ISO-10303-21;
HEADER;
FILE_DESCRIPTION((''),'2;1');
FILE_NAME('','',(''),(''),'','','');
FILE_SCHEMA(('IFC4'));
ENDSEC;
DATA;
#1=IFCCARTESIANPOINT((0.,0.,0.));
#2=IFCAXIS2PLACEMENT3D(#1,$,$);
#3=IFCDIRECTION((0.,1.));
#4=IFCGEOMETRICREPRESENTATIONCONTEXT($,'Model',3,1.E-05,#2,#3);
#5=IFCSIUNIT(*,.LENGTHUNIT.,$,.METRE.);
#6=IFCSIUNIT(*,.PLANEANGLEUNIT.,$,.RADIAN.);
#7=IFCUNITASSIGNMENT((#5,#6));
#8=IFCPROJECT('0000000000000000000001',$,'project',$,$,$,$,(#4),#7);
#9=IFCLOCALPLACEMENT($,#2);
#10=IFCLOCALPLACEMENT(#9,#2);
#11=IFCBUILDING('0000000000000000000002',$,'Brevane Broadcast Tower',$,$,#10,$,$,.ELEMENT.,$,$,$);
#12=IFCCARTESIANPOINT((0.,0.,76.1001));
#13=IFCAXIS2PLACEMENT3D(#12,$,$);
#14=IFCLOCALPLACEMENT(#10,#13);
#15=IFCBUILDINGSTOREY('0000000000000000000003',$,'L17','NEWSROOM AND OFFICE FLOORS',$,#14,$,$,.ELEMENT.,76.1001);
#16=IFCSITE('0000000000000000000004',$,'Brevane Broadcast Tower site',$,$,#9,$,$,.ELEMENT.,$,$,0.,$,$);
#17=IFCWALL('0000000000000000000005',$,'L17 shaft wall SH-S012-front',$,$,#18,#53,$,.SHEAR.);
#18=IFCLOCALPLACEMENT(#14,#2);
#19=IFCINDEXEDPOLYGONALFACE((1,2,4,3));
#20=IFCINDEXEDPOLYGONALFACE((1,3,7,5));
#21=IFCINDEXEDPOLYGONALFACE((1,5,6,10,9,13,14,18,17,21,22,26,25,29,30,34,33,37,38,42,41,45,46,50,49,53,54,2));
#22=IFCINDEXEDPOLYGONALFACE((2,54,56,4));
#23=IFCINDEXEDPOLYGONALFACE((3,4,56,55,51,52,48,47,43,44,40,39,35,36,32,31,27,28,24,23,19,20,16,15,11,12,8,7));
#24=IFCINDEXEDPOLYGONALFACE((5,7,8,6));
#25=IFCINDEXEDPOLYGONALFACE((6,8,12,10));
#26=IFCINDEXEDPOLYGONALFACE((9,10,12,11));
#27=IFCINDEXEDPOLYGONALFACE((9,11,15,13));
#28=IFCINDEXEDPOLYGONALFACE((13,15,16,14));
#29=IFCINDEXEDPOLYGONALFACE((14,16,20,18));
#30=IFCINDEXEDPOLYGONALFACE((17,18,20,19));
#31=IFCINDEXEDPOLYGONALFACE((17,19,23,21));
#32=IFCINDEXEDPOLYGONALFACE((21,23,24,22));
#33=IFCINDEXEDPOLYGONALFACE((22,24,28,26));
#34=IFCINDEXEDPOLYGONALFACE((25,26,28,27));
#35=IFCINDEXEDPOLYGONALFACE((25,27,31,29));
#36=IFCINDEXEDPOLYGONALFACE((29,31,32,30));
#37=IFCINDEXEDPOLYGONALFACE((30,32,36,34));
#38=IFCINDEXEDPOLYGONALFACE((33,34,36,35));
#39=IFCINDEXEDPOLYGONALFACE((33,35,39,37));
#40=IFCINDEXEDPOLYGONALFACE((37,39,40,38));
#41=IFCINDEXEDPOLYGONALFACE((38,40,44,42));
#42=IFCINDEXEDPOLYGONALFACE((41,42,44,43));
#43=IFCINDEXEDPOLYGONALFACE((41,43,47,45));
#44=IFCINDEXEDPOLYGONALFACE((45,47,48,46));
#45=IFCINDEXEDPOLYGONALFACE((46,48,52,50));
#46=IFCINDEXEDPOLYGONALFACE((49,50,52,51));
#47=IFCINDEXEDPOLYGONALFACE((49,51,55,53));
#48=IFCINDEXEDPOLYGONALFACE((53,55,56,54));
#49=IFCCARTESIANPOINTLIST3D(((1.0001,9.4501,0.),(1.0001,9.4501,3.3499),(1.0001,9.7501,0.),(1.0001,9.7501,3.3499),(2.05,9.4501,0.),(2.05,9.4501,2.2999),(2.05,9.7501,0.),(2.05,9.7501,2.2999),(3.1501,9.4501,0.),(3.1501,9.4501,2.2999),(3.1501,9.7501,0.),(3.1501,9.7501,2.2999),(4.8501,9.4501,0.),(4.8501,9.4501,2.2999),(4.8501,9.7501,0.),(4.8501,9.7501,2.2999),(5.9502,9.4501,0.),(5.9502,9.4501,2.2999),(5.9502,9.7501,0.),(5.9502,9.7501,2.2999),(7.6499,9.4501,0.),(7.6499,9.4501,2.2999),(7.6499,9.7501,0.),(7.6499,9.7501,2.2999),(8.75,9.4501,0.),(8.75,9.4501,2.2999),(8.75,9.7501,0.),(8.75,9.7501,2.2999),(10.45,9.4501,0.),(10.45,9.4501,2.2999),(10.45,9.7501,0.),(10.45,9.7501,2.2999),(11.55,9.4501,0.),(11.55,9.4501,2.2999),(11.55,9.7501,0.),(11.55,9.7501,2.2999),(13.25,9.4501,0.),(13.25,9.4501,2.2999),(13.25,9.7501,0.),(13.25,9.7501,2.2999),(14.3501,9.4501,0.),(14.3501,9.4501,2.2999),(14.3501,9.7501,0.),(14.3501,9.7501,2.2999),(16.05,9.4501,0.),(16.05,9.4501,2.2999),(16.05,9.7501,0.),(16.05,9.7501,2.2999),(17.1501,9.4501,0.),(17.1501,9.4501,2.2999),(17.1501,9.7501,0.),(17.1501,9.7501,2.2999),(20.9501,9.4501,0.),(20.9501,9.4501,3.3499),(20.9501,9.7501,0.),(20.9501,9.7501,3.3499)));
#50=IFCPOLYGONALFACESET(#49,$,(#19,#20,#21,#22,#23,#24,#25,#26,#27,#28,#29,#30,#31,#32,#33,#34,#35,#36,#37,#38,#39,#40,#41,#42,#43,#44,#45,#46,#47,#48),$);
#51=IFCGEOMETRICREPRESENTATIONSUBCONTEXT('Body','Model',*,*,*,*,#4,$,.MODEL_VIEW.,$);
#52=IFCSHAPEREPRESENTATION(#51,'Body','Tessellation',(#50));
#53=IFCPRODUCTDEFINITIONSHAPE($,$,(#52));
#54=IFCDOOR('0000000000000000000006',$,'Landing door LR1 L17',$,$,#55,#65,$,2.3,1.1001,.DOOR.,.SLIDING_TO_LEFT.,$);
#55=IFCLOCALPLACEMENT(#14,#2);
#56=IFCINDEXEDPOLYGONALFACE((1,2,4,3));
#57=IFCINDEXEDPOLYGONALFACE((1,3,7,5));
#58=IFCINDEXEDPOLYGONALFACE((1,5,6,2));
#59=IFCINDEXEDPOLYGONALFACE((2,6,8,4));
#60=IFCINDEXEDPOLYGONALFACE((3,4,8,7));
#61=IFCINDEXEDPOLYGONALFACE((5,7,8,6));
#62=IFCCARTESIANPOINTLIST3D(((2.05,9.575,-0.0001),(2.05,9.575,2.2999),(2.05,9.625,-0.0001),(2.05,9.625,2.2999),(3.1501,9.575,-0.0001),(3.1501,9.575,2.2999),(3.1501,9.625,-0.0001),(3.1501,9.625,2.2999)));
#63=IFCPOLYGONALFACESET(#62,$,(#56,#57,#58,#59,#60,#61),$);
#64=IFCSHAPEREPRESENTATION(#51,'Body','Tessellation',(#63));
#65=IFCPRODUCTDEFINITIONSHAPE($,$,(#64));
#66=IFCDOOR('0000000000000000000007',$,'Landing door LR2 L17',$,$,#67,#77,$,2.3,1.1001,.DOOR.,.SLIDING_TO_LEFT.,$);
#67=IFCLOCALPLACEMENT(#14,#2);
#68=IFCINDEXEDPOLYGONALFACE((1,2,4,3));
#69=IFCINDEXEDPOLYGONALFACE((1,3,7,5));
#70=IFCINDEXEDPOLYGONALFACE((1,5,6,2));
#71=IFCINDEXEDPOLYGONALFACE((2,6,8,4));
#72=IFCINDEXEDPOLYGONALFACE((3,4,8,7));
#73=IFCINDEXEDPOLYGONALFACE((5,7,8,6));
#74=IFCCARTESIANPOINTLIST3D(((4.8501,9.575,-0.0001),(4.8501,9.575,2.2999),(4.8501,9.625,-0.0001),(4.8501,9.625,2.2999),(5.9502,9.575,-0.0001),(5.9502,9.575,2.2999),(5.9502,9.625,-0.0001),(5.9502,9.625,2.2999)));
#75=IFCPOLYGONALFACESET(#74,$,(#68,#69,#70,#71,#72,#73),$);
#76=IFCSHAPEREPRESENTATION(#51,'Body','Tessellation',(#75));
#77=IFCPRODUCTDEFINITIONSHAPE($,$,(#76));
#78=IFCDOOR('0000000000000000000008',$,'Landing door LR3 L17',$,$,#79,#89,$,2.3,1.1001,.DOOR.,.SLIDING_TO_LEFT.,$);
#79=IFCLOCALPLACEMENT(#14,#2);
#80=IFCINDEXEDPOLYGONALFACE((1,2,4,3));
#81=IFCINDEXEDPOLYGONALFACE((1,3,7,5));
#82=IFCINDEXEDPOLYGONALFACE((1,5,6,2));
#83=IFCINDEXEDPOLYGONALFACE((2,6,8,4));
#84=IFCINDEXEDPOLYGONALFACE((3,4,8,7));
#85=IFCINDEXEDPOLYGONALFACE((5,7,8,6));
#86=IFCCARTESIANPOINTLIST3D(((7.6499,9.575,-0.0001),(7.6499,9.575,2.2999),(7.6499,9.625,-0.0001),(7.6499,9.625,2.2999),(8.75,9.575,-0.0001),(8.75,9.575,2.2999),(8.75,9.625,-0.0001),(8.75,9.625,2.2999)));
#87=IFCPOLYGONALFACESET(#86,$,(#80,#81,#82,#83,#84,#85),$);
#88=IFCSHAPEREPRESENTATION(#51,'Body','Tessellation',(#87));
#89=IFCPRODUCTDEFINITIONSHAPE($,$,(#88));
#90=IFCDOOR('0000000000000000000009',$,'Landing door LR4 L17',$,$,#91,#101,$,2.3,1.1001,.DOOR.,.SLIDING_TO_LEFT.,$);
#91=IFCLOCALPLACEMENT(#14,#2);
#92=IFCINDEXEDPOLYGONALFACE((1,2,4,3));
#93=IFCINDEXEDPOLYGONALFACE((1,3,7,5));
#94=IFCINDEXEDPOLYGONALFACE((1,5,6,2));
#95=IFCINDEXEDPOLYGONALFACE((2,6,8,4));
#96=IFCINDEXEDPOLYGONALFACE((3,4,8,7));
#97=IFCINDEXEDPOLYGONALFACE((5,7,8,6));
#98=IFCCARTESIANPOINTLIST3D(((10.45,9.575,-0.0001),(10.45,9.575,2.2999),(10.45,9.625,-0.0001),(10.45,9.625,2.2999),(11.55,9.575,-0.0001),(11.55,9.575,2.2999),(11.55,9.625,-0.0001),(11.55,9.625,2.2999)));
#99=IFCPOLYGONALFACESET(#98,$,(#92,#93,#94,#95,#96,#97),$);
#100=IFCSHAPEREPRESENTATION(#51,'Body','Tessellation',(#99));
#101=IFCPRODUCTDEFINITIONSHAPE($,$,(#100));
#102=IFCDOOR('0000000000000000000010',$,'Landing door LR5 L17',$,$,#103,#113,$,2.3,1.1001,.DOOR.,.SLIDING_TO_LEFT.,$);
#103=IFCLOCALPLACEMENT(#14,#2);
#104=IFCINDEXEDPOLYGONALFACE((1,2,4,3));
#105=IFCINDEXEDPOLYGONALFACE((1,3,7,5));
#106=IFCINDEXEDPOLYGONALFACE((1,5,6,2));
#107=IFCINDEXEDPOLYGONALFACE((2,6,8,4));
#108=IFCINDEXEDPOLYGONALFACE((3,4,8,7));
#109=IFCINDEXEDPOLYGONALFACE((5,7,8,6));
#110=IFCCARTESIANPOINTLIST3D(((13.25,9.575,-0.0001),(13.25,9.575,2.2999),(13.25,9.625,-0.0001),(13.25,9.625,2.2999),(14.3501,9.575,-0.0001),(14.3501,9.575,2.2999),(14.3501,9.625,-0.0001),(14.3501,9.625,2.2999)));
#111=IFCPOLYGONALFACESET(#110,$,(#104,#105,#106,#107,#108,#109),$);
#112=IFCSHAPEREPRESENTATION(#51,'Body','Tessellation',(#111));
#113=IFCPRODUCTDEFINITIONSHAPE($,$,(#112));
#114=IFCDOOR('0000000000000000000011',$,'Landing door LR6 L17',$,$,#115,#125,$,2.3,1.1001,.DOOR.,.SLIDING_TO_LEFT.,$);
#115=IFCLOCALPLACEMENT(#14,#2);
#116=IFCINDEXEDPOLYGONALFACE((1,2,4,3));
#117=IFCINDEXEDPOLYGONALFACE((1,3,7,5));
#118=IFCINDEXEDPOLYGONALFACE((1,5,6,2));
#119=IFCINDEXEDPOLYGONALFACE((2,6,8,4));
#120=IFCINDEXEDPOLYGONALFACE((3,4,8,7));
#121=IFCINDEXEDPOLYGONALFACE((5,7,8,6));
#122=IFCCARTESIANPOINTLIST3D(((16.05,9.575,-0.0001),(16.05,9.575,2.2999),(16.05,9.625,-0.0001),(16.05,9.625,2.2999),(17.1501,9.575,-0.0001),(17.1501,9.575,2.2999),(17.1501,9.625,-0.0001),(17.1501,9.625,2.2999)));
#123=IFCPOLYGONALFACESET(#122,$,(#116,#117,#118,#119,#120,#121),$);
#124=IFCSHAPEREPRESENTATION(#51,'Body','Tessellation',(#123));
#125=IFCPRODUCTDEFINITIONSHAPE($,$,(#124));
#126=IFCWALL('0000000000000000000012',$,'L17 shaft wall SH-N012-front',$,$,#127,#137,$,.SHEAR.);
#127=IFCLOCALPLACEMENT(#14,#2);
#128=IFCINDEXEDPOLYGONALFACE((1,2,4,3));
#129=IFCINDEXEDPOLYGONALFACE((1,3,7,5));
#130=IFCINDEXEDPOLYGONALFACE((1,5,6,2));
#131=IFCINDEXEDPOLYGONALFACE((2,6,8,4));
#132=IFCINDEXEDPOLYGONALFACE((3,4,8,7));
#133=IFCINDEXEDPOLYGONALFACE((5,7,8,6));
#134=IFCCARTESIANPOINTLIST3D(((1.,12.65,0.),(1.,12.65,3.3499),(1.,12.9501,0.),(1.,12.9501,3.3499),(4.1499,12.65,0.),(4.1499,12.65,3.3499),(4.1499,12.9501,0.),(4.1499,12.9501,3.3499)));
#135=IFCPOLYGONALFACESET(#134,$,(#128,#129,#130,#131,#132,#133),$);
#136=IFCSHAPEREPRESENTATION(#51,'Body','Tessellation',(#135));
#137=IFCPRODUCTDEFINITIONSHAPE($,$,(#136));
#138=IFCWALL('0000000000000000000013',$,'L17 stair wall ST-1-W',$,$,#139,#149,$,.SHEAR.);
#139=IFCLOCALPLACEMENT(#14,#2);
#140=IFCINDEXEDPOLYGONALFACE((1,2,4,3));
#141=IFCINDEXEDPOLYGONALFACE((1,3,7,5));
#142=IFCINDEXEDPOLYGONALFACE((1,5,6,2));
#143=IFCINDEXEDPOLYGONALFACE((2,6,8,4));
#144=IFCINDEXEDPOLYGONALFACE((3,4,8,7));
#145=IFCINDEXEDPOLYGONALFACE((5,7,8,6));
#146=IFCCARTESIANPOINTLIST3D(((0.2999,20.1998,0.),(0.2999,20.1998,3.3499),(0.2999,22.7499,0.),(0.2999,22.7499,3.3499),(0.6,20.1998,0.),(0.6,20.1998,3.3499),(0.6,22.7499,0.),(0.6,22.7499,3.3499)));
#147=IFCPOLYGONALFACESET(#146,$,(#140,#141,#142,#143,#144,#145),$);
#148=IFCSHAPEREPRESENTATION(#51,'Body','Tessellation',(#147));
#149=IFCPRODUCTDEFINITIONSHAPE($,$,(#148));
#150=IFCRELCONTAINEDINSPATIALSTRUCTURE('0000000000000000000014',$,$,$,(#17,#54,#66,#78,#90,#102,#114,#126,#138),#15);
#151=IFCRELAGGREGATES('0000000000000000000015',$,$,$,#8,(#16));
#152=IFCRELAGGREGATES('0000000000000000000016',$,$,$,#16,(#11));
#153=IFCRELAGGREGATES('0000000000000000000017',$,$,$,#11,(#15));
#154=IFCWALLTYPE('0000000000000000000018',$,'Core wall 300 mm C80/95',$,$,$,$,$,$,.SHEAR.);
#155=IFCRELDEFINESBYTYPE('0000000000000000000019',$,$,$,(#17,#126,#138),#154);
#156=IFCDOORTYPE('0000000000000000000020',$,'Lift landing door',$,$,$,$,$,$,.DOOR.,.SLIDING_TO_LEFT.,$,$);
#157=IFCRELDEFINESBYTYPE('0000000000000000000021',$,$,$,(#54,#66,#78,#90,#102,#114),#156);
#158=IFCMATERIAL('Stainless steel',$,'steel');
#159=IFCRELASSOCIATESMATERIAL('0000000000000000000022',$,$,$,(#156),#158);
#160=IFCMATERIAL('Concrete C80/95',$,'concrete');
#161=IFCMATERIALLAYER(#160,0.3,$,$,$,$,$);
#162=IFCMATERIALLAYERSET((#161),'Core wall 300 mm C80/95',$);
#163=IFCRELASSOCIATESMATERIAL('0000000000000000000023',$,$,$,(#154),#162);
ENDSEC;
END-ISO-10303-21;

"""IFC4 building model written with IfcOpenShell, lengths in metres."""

from ifc_helpers import new_model, si_unit, direction, frame, frame_2d, origin, place, context, subcontext, project, spatial, rectangle, extrude, material, layer, layer_set, type_object, element, fill, save


model = new_model("IFC4")

# Units and contexts
model_context = context("Model", 3, precision=1e-05, world=origin(), true_north=direction((0.0, 1.0)))
body_context = subcontext(model_context, "Body", "Model", "MODEL_VIEW")
ifc_project = project(units=[si_unit("LENGTHUNIT", "METRE"), si_unit("PLANEANGLEUNIT", "RADIAN")], contexts=[model_context])

# Site, building, storey
site_placement = place(None, origin())
site = spatial("IfcSite", under=ifc_project, at=site_placement, Name="Brevane Broadcast Tower site", CompositionType="ELEMENT", RefElevation=0.0)
building_placement = place(site_placement, origin())
building = spatial("IfcBuilding", under=site, at=building_placement, Name="Brevane Broadcast Tower", CompositionType="ELEMENT")
storey_placement = place(building_placement, frame((0.0, 0.0, 76.1001)))
storey = spatial("IfcBuildingStorey", under=building, at=storey_placement, Name="L17", Description="NEWSROOM AND OFFICE FLOORS", CompositionType="ELEMENT", Elevation=76.1001)

# Shared definitions
ifc_material_1 = material(Name="Concrete C80/95", Category="concrete")
ifc_material_2 = material(Name="Stainless steel", Category="steel")
door_type = type_object("IfcDoorType", Name="Lift landing door", OperationType="SLIDING_TO_LEFT", PredefinedType="DOOR", material=ifc_material_2)

# Wall, openings, doors
ifc_layer_1 = layer(ifc_material_1, 0.3)
ifc_layer_set_1 = layer_set([ifc_layer_1], Name="Core wall 300 mm C80/95")
wall_type_1 = type_object("IfcWallType", Name="Core wall 300 mm C80/95", PredefinedType="SHEAR", material=ifc_layer_set_1)
wall_1_placement = place(storey_placement, frame((1.0, 9.6001, 0.0), z_axis=(0.0, 0.0, 1.0), x_axis=(1.0, 0.0, 0.0)))
wall_1 = element("IfcWall", 1, at=wall_1_placement, inside=storey, type_object=wall_type_1, Name="L17 shaft wall SH-S012-front", PredefinedType="SHEAR", context=body_context, shape_type="SweptSolid", body=[
    extrude(rectangle(XDim=19.95, YDim=0.3, at=frame_2d((9.9751, 0.0))), origin(), (0.0, 0.0, 1.0), 3.3499),
])
opening_1_placement = place(wall_1_placement, frame((1.05, 0.0, 0.0)))
opening_1 = element("IfcOpeningElement", 2, at=opening_1_placement, cuts=wall_1, PredefinedType="OPENING", context=body_context, shape_type="SweptSolid", body=[
    extrude(rectangle(XDim=1.1001, YDim=2.3, at=frame_2d((0.55, 1.1499))), frame((0.0, 0.1599, 0.0), z_axis=(0.0, -1.0, 0.0), x_axis=(1.0, 0.0, 0.0)), (0.0, 0.0, 1.0), 0.3201),
])
opening_2_placement = place(wall_1_placement, frame((3.8501, 0.0, 0.0)))
opening_2 = element("IfcOpeningElement", 3, at=opening_2_placement, cuts=wall_1, PredefinedType="OPENING", context=body_context, shape_type="SweptSolid", body=[
    extrude(rectangle(XDim=1.1001, YDim=2.3, at=frame_2d((0.55, 1.1499))), frame((0.0, 0.1599, 0.0), z_axis=(0.0, -1.0, 0.0), x_axis=(1.0, 0.0, 0.0)), (0.0, 0.0, 1.0), 0.3201),
])
opening_3_placement = place(wall_1_placement, frame((6.6499, 0.0, 0.0)))
opening_3 = element("IfcOpeningElement", 4, at=opening_3_placement, cuts=wall_1, PredefinedType="OPENING", context=body_context, shape_type="SweptSolid", body=[
    extrude(rectangle(XDim=1.1001, YDim=2.3, at=frame_2d((0.55, 1.1499))), frame((0.0, 0.1599, 0.0), z_axis=(0.0, -1.0, 0.0), x_axis=(1.0, 0.0, 0.0)), (0.0, 0.0, 1.0), 0.3201),
])
opening_4_placement = place(wall_1_placement, frame((9.45, 0.0, 0.0)))
opening_4 = element("IfcOpeningElement", 5, at=opening_4_placement, cuts=wall_1, PredefinedType="OPENING", context=body_context, shape_type="SweptSolid", body=[
    extrude(rectangle(XDim=1.1001, YDim=2.3, at=frame_2d((0.55, 1.1499))), frame((0.0, 0.1599, 0.0), z_axis=(0.0, -1.0, 0.0), x_axis=(1.0, 0.0, 0.0)), (0.0, 0.0, 1.0), 0.3201),
])
opening_5_placement = place(wall_1_placement, frame((12.25, 0.0, 0.0)))
opening_5 = element("IfcOpeningElement", 6, at=opening_5_placement, cuts=wall_1, PredefinedType="OPENING", context=body_context, shape_type="SweptSolid", body=[
    extrude(rectangle(XDim=1.1001, YDim=2.3, at=frame_2d((0.55, 1.1499))), frame((0.0, 0.1599, 0.0), z_axis=(0.0, -1.0, 0.0), x_axis=(1.0, 0.0, 0.0)), (0.0, 0.0, 1.0), 0.3201),
])
opening_6_placement = place(wall_1_placement, frame((15.05, 0.0, 0.0)))
opening_6 = element("IfcOpeningElement", 7, at=opening_6_placement, cuts=wall_1, PredefinedType="OPENING", context=body_context, shape_type="SweptSolid", body=[
    extrude(rectangle(XDim=1.1001, YDim=2.3, at=frame_2d((0.55, 1.1499))), frame((0.0, 0.1599, 0.0), z_axis=(0.0, -1.0, 0.0), x_axis=(1.0, 0.0, 0.0)), (0.0, 0.0, 1.0), 0.3201),
])
door_1_placement = place(opening_1_placement, origin())
door_1 = element("IfcDoor", 8, at=door_1_placement, inside=storey, type_object=door_type, Name="Landing door LR1 L17", OperationType="SLIDING_TO_LEFT", OverallHeight=2.3, OverallWidth=1.1001, PredefinedType="DOOR", context=body_context, shape_type="SweptSolid", body=[
    extrude(rectangle(XDim=1.1001, YDim=2.3, at=frame_2d((0.55, 1.1499))), frame((0.0, 0.0249, 0.0), z_axis=(0.0, -1.0, 0.0), x_axis=(1.0, 0.0, 0.0)), (0.0, 0.0, 1.0), 0.05),
])
fill(opening_1, door_1)
door_2_placement = place(opening_2_placement, origin())
door_2 = element("IfcDoor", 9, at=door_2_placement, inside=storey, type_object=door_type, Name="Landing door LR2 L17", OperationType="SLIDING_TO_LEFT", OverallHeight=2.3, OverallWidth=1.1001, PredefinedType="DOOR", context=body_context, shape_type="SweptSolid", body=[
    extrude(rectangle(XDim=1.1001, YDim=2.3, at=frame_2d((0.55, 1.1499))), frame((0.0, 0.0249, 0.0), z_axis=(0.0, -1.0, 0.0), x_axis=(1.0, 0.0, 0.0)), (0.0, 0.0, 1.0), 0.05),
])
fill(opening_2, door_2)
door_3_placement = place(opening_3_placement, origin())
door_3 = element("IfcDoor", 10, at=door_3_placement, inside=storey, type_object=door_type, Name="Landing door LR3 L17", OperationType="SLIDING_TO_LEFT", OverallHeight=2.3, OverallWidth=1.1001, PredefinedType="DOOR", context=body_context, shape_type="SweptSolid", body=[
    extrude(rectangle(XDim=1.1001, YDim=2.3, at=frame_2d((0.55, 1.1499))), frame((0.0, 0.0249, 0.0), z_axis=(0.0, -1.0, 0.0), x_axis=(1.0, 0.0, 0.0)), (0.0, 0.0, 1.0), 0.05),
])
fill(opening_3, door_3)
door_4_placement = place(opening_4_placement, origin())
door_4 = element("IfcDoor", 11, at=door_4_placement, inside=storey, type_object=door_type, Name="Landing door LR4 L17", OperationType="SLIDING_TO_LEFT", OverallHeight=2.3, OverallWidth=1.1001, PredefinedType="DOOR", context=body_context, shape_type="SweptSolid", body=[
    extrude(rectangle(XDim=1.1001, YDim=2.3, at=frame_2d((0.55, 1.1499))), frame((0.0, 0.0249, 0.0), z_axis=(0.0, -1.0, 0.0), x_axis=(1.0, 0.0, 0.0)), (0.0, 0.0, 1.0), 0.05),
])
fill(opening_4, door_4)
door_5_placement = place(opening_5_placement, origin())
door_5 = element("IfcDoor", 12, at=door_5_placement, inside=storey, type_object=door_type, Name="Landing door LR5 L17", OperationType="SLIDING_TO_LEFT", OverallHeight=2.3, OverallWidth=1.1001, PredefinedType="DOOR", context=body_context, shape_type="SweptSolid", body=[
    extrude(rectangle(XDim=1.1001, YDim=2.3, at=frame_2d((0.55, 1.1499))), frame((0.0, 0.0249, 0.0), z_axis=(0.0, -1.0, 0.0), x_axis=(1.0, 0.0, 0.0)), (0.0, 0.0, 1.0), 0.05),
])
fill(opening_5, door_5)
door_6_placement = place(opening_6_placement, origin())
door_6 = element("IfcDoor", 13, at=door_6_placement, inside=storey, type_object=door_type, Name="Landing door LR6 L17", OperationType="SLIDING_TO_LEFT", OverallHeight=2.3, OverallWidth=1.1001, PredefinedType="DOOR", context=body_context, shape_type="SweptSolid", body=[
    extrude(rectangle(XDim=1.1001, YDim=2.3, at=frame_2d((0.55, 1.1499))), frame((0.0, 0.0249, 0.0), z_axis=(0.0, -1.0, 0.0), x_axis=(1.0, 0.0, 0.0)), (0.0, 0.0, 1.0), 0.05),
])
fill(opening_6, door_6)

# Walls
wall_2_placement = place(storey_placement, frame((1.0, 12.8, 0.0), z_axis=(0.0, 0.0, 1.0), x_axis=(1.0, 0.0, 0.0)))
element("IfcWall", 14, at=wall_2_placement, inside=storey, type_object=wall_type_1, Name="L17 shaft wall SH-N012-front", PredefinedType="SHEAR", context=body_context, shape_type="SweptSolid", body=[
    extrude(rectangle(XDim=3.1499, YDim=0.3, at=frame_2d((1.575, 0.0))), origin(), (0.0, 0.0, 1.0), 3.3499),
])
wall_3_placement = place(storey_placement, frame((0.45, 20.2, 0.0), z_axis=(0.0, 0.0, 1.0), x_axis=(0.0, 1.0, 0.0)))
element("IfcWall", 15, at=wall_3_placement, inside=storey, type_object=wall_type_1, Name="L17 stair wall ST-1-W", PredefinedType="SHEAR", context=body_context, shape_type="SweptSolid", body=[
    extrude(rectangle(XDim=2.55, YDim=0.3, at=frame_2d((1.2749, 0.0))), origin(), (0.0, 0.0, 1.0), 3.3499),
])

save(model, "model.ifc")
